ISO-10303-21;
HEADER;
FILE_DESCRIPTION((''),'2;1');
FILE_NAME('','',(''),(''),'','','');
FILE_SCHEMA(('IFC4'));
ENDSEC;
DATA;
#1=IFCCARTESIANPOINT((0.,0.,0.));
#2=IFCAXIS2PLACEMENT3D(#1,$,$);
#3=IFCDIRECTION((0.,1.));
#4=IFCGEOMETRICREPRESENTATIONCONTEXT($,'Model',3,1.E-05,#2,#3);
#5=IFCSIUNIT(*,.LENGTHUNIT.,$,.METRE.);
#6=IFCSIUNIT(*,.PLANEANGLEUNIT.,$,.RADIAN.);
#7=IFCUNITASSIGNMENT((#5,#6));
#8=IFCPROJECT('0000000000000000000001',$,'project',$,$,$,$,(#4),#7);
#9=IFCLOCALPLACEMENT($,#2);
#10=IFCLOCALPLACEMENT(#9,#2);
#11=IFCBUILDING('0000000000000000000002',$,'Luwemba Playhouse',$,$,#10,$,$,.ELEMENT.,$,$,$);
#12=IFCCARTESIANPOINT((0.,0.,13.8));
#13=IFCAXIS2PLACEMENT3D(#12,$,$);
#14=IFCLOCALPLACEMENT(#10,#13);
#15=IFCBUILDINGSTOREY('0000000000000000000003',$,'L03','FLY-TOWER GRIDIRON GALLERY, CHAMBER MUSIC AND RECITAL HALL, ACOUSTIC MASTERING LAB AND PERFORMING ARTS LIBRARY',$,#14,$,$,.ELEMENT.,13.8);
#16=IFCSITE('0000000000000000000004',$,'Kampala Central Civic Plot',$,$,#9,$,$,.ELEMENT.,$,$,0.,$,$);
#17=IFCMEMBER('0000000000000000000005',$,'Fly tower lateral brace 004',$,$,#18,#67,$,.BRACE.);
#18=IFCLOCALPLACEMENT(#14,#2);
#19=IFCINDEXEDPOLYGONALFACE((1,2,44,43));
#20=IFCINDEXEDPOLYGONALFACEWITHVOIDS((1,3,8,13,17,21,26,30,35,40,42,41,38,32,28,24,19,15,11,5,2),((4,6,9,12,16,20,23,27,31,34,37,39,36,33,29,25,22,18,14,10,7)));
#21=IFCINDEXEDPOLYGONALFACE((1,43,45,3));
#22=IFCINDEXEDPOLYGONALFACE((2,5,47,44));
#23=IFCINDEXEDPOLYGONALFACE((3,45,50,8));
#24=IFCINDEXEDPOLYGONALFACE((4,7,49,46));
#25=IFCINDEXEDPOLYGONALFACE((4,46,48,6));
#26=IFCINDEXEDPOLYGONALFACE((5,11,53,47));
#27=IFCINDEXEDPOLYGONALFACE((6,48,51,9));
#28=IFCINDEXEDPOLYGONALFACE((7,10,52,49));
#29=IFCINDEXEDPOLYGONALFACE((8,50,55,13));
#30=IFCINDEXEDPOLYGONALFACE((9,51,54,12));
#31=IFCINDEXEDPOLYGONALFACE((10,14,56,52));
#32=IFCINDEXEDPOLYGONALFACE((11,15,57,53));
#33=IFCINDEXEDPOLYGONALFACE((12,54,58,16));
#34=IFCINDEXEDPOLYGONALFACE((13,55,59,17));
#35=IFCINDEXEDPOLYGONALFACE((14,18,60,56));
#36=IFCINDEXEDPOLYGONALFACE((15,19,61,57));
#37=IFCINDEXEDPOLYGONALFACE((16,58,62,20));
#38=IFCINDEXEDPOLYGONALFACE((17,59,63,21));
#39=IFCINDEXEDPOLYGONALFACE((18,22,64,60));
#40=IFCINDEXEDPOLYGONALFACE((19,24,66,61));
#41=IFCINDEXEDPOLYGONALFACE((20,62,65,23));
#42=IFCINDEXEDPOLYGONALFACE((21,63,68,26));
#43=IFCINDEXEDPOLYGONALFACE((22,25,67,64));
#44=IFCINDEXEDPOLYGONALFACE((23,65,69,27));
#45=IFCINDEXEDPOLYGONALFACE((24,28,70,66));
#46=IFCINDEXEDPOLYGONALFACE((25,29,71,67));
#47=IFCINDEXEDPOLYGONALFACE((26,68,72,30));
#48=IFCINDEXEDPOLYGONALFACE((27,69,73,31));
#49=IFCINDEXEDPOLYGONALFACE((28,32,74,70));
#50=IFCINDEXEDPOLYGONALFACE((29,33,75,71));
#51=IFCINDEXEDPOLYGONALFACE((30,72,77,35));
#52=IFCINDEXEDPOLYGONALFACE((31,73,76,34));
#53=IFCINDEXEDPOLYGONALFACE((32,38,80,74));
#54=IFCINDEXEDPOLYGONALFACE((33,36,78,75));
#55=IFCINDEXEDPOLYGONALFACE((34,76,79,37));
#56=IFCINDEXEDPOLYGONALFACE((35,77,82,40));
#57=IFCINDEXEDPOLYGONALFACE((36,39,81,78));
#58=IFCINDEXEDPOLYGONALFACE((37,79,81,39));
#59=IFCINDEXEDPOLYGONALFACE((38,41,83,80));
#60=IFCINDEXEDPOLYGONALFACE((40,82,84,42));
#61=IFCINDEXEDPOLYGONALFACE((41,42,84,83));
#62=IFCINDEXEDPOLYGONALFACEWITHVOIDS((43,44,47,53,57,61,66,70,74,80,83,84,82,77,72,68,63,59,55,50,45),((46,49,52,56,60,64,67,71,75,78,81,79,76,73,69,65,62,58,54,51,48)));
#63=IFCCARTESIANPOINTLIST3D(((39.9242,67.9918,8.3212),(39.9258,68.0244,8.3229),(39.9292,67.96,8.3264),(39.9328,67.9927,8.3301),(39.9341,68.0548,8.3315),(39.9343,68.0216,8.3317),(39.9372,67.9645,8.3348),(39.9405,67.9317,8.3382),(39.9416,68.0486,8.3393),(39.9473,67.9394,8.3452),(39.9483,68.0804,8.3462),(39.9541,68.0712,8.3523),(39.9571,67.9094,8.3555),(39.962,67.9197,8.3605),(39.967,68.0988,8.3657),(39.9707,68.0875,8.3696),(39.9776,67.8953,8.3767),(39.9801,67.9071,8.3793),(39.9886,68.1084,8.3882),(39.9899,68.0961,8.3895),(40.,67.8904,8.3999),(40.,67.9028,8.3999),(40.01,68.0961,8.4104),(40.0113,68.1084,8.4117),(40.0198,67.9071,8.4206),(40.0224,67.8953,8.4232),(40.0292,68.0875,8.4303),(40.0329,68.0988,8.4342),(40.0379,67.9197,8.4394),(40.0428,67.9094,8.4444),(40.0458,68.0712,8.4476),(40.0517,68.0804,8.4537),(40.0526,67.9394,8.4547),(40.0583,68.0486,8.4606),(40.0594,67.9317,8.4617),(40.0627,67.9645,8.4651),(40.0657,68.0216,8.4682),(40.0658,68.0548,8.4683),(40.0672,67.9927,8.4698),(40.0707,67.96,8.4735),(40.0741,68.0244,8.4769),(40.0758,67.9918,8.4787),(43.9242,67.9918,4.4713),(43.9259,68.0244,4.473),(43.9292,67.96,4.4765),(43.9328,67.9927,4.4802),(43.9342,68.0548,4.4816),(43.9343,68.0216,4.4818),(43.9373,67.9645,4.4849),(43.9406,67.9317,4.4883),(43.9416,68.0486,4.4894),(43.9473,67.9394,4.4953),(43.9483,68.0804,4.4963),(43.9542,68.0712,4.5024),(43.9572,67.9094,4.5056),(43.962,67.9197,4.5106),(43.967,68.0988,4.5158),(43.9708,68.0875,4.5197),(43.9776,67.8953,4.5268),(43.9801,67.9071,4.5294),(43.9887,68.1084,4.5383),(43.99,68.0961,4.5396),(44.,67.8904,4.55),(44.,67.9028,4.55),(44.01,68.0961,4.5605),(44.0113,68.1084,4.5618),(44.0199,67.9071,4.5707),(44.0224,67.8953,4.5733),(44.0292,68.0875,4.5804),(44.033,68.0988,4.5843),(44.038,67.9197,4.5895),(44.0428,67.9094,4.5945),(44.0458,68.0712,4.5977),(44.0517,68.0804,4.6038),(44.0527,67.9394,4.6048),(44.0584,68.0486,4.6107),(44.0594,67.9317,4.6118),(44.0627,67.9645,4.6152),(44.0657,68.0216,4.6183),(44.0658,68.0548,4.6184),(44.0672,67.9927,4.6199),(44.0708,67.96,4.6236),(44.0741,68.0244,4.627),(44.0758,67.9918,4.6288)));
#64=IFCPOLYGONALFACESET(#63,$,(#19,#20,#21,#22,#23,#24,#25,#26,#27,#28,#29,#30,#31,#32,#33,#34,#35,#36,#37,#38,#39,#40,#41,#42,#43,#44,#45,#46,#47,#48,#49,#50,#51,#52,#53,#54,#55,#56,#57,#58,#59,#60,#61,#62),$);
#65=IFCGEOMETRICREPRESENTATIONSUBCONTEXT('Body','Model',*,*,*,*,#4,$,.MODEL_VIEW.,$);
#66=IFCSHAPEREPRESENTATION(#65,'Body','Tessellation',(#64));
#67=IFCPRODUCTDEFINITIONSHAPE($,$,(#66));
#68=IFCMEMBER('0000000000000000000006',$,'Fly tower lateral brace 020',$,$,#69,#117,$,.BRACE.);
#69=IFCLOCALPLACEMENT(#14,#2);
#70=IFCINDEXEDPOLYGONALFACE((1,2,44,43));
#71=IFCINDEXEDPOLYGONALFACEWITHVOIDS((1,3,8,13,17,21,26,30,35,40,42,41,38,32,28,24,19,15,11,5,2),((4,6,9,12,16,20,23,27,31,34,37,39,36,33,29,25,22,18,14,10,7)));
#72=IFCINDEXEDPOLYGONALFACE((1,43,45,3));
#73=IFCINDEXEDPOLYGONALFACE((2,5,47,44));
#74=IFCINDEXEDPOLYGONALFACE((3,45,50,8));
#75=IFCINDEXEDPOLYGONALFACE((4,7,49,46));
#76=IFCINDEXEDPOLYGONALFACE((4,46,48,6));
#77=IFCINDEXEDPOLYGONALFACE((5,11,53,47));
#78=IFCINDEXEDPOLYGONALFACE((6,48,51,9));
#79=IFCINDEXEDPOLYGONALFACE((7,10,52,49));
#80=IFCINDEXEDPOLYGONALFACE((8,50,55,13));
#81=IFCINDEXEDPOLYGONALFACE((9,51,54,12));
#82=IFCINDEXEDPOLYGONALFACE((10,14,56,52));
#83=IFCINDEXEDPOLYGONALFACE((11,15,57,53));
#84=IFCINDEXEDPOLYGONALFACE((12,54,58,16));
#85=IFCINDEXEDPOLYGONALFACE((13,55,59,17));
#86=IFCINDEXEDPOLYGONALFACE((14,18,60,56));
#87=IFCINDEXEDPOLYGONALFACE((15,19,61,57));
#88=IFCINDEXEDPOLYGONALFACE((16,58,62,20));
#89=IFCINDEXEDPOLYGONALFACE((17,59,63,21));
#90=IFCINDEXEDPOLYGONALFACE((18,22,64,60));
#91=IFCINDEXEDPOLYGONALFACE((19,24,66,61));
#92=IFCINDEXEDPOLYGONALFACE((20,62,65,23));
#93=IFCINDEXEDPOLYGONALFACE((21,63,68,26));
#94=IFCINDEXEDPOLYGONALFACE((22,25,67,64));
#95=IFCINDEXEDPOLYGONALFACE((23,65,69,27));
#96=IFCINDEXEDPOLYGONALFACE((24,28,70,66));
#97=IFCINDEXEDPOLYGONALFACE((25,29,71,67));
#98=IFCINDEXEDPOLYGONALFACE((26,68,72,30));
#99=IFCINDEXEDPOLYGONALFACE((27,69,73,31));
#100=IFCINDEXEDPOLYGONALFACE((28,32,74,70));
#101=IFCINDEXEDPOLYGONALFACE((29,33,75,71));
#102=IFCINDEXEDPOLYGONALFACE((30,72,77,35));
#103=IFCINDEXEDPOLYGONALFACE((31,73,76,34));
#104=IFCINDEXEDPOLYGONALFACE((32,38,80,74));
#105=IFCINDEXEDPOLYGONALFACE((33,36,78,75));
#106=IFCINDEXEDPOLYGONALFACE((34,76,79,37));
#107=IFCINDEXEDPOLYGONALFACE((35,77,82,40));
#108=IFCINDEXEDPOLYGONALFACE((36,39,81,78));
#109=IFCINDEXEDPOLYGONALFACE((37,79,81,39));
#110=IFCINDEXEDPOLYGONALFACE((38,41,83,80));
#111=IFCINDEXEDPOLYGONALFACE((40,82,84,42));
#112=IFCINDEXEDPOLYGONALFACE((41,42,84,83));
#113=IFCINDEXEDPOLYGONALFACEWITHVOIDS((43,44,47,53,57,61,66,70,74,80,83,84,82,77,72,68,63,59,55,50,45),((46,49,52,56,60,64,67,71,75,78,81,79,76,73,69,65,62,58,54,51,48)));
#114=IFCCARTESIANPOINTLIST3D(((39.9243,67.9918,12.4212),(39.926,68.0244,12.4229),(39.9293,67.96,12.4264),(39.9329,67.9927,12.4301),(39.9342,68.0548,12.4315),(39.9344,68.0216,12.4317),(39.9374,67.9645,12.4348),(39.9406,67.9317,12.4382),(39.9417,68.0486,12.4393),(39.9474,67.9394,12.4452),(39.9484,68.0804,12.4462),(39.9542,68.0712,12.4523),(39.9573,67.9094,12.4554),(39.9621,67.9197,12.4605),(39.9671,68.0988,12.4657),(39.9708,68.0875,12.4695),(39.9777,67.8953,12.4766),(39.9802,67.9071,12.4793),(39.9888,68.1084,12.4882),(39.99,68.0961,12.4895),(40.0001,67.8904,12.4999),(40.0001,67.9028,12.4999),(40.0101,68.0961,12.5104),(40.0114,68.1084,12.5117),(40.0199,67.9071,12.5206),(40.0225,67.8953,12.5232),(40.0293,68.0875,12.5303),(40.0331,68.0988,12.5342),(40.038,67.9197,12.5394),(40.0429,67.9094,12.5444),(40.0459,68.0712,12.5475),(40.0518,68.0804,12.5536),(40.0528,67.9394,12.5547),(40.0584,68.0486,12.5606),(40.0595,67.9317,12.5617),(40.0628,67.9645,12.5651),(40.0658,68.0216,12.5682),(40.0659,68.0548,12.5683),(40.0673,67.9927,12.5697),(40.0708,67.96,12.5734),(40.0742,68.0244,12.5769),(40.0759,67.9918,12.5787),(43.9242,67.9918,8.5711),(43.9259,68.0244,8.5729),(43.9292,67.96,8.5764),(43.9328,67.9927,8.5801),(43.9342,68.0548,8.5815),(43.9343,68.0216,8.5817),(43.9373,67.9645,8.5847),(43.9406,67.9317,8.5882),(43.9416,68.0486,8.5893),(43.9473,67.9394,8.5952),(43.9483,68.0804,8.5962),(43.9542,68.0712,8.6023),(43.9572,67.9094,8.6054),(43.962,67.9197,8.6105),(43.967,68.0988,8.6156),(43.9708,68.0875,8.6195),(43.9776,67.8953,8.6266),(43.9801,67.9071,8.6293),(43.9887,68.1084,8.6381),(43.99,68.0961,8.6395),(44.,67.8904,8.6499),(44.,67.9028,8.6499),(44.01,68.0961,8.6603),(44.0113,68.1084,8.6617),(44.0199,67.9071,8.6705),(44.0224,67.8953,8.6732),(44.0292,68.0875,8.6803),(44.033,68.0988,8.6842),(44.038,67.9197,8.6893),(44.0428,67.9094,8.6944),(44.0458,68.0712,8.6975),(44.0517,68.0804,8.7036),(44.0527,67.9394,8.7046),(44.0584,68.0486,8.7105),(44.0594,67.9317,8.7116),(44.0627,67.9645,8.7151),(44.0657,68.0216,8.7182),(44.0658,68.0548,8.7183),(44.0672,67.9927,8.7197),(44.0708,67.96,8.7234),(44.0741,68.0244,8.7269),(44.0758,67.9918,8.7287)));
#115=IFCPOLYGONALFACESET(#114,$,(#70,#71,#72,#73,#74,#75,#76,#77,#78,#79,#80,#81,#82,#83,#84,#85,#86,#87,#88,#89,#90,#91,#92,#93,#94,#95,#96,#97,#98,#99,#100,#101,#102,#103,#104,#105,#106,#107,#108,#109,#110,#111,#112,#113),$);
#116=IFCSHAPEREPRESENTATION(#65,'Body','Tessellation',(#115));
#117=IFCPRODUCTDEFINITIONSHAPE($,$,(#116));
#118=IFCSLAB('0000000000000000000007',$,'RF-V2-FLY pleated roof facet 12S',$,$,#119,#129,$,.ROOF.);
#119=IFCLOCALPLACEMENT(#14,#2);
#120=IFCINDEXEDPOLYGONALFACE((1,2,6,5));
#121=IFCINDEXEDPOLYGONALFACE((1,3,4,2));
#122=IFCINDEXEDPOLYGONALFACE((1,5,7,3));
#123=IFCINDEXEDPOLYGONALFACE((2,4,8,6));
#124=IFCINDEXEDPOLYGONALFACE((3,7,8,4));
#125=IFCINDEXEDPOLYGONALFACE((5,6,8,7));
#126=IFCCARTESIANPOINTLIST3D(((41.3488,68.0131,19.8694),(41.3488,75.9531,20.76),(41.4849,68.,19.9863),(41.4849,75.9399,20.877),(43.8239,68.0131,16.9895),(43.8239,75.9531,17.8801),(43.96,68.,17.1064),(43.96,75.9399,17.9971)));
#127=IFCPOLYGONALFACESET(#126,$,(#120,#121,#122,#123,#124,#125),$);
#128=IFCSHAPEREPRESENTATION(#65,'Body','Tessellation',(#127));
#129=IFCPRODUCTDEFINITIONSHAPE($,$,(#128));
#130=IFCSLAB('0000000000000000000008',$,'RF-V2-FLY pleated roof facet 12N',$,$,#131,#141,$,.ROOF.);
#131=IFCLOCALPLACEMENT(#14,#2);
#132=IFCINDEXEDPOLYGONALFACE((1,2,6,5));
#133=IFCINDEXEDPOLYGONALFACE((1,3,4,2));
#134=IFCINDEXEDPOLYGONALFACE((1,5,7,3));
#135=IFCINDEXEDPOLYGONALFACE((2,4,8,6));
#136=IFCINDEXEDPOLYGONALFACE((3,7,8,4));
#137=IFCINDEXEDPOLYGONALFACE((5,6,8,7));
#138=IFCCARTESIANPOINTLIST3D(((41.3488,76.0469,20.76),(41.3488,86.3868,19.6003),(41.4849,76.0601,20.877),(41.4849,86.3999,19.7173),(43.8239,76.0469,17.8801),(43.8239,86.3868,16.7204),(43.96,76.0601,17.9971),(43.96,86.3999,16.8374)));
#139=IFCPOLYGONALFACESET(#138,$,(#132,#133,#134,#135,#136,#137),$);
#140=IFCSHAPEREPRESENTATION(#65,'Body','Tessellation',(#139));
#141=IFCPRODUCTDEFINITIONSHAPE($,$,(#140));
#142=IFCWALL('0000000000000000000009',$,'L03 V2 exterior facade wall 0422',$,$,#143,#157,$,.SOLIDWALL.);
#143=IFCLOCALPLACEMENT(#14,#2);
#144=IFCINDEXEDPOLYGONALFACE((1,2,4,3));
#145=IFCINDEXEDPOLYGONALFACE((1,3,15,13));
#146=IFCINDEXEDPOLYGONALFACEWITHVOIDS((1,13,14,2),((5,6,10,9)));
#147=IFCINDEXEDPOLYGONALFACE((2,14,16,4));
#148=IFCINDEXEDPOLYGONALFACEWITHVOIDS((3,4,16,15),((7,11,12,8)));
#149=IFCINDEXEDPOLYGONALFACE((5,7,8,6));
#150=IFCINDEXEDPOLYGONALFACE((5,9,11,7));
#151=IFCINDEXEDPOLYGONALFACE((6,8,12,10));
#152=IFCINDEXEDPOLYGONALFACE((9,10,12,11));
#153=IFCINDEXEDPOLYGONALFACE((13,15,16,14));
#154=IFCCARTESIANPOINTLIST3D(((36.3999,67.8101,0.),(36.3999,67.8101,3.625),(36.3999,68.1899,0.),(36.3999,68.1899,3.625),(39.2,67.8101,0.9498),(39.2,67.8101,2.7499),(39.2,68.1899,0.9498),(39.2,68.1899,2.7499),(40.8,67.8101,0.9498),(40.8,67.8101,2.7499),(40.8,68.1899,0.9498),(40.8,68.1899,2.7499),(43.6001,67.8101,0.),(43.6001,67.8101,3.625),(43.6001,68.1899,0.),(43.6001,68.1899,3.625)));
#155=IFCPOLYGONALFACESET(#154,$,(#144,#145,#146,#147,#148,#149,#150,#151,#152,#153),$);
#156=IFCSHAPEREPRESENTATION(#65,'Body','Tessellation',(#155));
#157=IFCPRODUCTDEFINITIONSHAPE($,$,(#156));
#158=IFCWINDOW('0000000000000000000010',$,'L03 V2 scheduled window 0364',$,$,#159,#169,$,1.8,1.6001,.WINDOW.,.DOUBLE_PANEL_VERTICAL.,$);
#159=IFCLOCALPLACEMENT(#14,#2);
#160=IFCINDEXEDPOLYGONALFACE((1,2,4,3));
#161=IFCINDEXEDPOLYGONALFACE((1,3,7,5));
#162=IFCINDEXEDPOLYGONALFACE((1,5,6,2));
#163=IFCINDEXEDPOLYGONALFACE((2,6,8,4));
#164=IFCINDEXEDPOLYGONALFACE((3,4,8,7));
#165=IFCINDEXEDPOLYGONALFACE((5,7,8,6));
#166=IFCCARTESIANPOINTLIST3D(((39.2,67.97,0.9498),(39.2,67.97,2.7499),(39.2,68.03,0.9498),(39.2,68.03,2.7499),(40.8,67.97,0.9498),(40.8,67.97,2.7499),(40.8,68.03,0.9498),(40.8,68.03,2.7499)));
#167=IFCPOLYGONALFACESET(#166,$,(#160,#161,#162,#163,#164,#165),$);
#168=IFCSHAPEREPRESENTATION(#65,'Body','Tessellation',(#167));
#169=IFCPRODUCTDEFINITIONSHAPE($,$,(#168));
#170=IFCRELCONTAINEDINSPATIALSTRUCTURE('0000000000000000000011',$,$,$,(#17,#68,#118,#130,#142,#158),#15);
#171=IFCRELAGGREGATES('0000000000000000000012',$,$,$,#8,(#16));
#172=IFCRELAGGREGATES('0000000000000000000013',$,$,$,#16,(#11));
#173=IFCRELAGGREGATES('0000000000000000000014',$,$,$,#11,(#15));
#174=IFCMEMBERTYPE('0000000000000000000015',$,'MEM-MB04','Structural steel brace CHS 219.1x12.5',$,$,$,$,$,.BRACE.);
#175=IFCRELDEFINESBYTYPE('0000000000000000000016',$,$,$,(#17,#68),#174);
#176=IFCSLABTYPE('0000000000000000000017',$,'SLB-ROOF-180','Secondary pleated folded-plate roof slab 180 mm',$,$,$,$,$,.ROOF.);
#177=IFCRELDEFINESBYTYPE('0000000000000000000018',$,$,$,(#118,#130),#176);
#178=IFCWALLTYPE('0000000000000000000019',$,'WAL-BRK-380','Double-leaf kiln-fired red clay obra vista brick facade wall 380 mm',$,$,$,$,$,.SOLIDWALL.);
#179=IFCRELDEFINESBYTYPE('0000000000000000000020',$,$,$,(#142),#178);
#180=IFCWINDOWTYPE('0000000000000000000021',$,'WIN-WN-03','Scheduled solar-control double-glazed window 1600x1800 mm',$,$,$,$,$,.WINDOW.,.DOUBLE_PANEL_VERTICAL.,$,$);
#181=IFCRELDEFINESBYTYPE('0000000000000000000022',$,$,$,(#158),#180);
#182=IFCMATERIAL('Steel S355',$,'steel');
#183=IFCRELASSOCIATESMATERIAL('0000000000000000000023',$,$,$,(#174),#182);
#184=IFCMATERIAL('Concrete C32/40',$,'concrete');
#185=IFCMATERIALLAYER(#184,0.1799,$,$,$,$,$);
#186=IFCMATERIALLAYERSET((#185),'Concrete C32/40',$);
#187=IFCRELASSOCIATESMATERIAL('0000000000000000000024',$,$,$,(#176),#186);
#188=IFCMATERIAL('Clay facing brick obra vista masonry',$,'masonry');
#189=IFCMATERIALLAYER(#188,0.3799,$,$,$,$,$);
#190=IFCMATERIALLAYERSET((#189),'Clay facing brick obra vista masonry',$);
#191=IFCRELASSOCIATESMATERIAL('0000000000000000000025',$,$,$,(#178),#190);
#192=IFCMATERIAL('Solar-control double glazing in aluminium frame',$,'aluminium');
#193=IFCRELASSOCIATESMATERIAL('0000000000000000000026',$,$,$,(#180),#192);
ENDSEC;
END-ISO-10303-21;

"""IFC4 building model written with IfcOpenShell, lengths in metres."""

from ifc_helpers import new_model, si_unit, direction, frame, frame_2d, origin, origin_2d, place, context, subcontext, project, spatial, polyline, rectangle, hollow_circle, outline, extrude, material, layer, layer_set, material_profile, profile_set, type_object, element, fill, save


model = new_model("IFC4")

# Units and contexts
model_context = context("Model", 3, precision=1e-05, world=origin(), true_north=direction((0.0, 1.0)))
body_context = subcontext(model_context, "Body", "Model", "MODEL_VIEW")
ifc_project = project(units=[si_unit("LENGTHUNIT", "METRE"), si_unit("PLANEANGLEUNIT", "RADIAN")], contexts=[model_context])

# Site, building, storey
site_placement = place(None, origin())
site = spatial("IfcSite", under=ifc_project, at=site_placement, Name="Kampala Central Civic Plot", CompositionType="ELEMENT", RefElevation=0.0)
building_placement = place(site_placement, origin())
building = spatial("IfcBuilding", under=site, at=building_placement, Name="Luwemba Playhouse", CompositionType="ELEMENT")
storey_placement = place(building_placement, frame((0.0, 0.0, 13.8)))
storey = spatial("IfcBuildingStorey", under=building, at=storey_placement, Name="L03", Description="FLY-TOWER GRIDIRON GALLERY, CHAMBER MUSIC AND RECITAL HALL, ACOUSTIC MASTERING LAB AND PERFORMING ARTS LIBRARY", CompositionType="ELEMENT", Elevation=13.8)

# Shared definitions
ifc_material_1 = material(Name="Steel S355", Category="steel")

# Members
ifc_material_profile_1 = material_profile(ifc_material_1, hollow_circle(Radius=0.1096, WallThickness=0.0125, at=origin_2d()))
ifc_profile_set_1 = profile_set([ifc_material_profile_1], Name="Steel S355")
member_type_1 = type_object("IfcMemberType", Name="MEM-MB04", Description="Structural steel brace CHS 219.1x12.5", PredefinedType="BRACE", material=ifc_profile_set_1)
for number, where, z_axis, x_axis, name in (
    (1, (44.0, 68.0, 4.55), (-0.7205, 0.0, 0.693455), (0.0, -1.0, 0.0), "Fly tower lateral brace 004"),
    (2, (44.0, 68.0, 8.6499), (-0.720478, 0.0, 0.693478), (0.0, -1.0, 0.0), "Fly tower lateral brace 020"),
):
    element("IfcMember", number, at=place(storey_placement, frame(where, z_axis=z_axis, x_axis=x_axis)), inside=storey, type_object=member_type_1, Name=name, PredefinedType="BRACE", context=body_context, shape_type="SweptSolid", body=[
        extrude(hollow_circle(Radius=0.1096, WallThickness=0.0125, at=origin_2d()), origin(), (0.0, 0.0, 1.0), 5.5518),
    ])

# Slabs
ifc_material_2 = material(Name="Concrete C32/40", Category="concrete")
ifc_layer_1 = layer(ifc_material_2, 0.1799)
ifc_layer_set_1 = layer_set([ifc_layer_1], Name="Concrete C32/40")
slab_type = type_object("IfcSlabType", Name="SLB-ROOF-180", Description="Secondary pleated folded-plate roof slab 180 mm", PredefinedType="ROOF", material=ifc_layer_set_1)
slab_1_placement = place(storey_placement, frame((41.4849, 68.0, 19.9863), z_axis=(0.756375, -0.072918, 0.650062), x_axis=(0.651797, 0.0, -0.758394)))
element("IfcSlab", 3, at=slab_1_placement, inside=storey, type_object=slab_type, Name="RF-V2-FLY pleated roof facet 12S", PredefinedType="ROOF", context=body_context, shape_type="SweptSolid", body=[
    extrude(outline(polyline([(0.0, 0.0), (3.7973, 0.0), (3.1219, 7.9611), (-0.6754, 7.9611), (0.0, 0.0)])), origin(), (0.0, 0.0, -1.0), 0.1799),
])
slab_2_placement = place(storey_placement, frame((41.4849, 76.0601, 20.877), z_axis=(0.756375, 0.072908, 0.650062), x_axis=(0.651797, 0.0, -0.758394)))
element("IfcSlab", 4, at=slab_2_placement, inside=storey, type_object=slab_type, Name="RF-V2-FLY pleated roof facet 12N", PredefinedType="ROOF", context=body_context, shape_type="SweptSolid", body=[
    extrude(outline(polyline([(0.0, 0.0), (3.7973, 0.0), (4.6768, 10.3674), (0.8795, 10.3674), (0.0, 0.0)])), origin(), (0.0, 0.0, -1.0), 0.1799),
])

# Wall, opening, window
ifc_material_3 = material(Name="Clay facing brick obra vista masonry", Category="masonry")
ifc_layer_2 = layer(ifc_material_3, 0.3799)
ifc_layer_set_2 = layer_set([ifc_layer_2], Name="Clay facing brick obra vista masonry")
wall_type_1 = type_object("IfcWallType", Name="WAL-BRK-380", Description="Double-leaf kiln-fired red clay obra vista brick facade wall 380 mm", PredefinedType="SOLIDWALL", material=ifc_layer_set_2)
wall_1_placement = place(storey_placement, frame((43.6001, 68.0, 0.0), z_axis=(0.0, 0.0, 1.0), x_axis=(-1.0, 0.0, 0.0)))
wall_1 = element("IfcWall", 5, at=wall_1_placement, inside=storey, type_object=wall_type_1, Name="L03 V2 exterior facade wall 0422", PredefinedType="SOLIDWALL", context=body_context, shape_type="SweptSolid", body=[
    extrude(rectangle(XDim=7.2002, YDim=0.3799, at=frame_2d((3.6001, 0.0))), origin(), (0.0, 0.0, 1.0), 3.625),
])
opening_1_placement = place(wall_1_placement, frame((2.8, 0.0, 0.95)))
opening_1 = element("IfcOpeningElement", 6, at=opening_1_placement, cuts=wall_1, PredefinedType="OPENING", context=body_context, shape_type="SweptSolid", body=[
    extrude(rectangle(XDim=1.6001, YDim=1.8, at=frame_2d((0.8, 0.8999))), frame((0.0, 0.2, 0.0), z_axis=(0.0, -1.0, 0.0), x_axis=(1.0, 0.0, 0.0)), (0.0, 0.0, 1.0), 0.3999),
])
ifc_material_4 = material(Name="Solar-control double glazing in aluminium frame", Category="aluminium")
window_type_1 = type_object("IfcWindowType", Name="WIN-WN-03", Description="Scheduled solar-control double-glazed window 1600x1800 mm", PartitioningType="DOUBLE_PANEL_VERTICAL", PredefinedType="WINDOW", material=ifc_material_4)
window_1_placement = place(opening_1_placement, origin())
window_1 = element("IfcWindow", 7, at=window_1_placement, inside=storey, type_object=window_type_1, Name="L03 V2 scheduled window 0364", OverallHeight=1.8, OverallWidth=1.6001, PartitioningType="DOUBLE_PANEL_VERTICAL", PredefinedType="WINDOW", context=body_context, shape_type="SweptSolid", body=[
    extrude(rectangle(XDim=1.6001, YDim=1.8, at=frame_2d((0.8, 0.8999))), frame((0.0, 0.03, 0.0), z_axis=(0.0, -1.0, 0.0), x_axis=(1.0, 0.0, 0.0)), (0.0, 0.0, 1.0), 0.0601),
])
fill(opening_1, window_1)

save(model, "model.ifc")
